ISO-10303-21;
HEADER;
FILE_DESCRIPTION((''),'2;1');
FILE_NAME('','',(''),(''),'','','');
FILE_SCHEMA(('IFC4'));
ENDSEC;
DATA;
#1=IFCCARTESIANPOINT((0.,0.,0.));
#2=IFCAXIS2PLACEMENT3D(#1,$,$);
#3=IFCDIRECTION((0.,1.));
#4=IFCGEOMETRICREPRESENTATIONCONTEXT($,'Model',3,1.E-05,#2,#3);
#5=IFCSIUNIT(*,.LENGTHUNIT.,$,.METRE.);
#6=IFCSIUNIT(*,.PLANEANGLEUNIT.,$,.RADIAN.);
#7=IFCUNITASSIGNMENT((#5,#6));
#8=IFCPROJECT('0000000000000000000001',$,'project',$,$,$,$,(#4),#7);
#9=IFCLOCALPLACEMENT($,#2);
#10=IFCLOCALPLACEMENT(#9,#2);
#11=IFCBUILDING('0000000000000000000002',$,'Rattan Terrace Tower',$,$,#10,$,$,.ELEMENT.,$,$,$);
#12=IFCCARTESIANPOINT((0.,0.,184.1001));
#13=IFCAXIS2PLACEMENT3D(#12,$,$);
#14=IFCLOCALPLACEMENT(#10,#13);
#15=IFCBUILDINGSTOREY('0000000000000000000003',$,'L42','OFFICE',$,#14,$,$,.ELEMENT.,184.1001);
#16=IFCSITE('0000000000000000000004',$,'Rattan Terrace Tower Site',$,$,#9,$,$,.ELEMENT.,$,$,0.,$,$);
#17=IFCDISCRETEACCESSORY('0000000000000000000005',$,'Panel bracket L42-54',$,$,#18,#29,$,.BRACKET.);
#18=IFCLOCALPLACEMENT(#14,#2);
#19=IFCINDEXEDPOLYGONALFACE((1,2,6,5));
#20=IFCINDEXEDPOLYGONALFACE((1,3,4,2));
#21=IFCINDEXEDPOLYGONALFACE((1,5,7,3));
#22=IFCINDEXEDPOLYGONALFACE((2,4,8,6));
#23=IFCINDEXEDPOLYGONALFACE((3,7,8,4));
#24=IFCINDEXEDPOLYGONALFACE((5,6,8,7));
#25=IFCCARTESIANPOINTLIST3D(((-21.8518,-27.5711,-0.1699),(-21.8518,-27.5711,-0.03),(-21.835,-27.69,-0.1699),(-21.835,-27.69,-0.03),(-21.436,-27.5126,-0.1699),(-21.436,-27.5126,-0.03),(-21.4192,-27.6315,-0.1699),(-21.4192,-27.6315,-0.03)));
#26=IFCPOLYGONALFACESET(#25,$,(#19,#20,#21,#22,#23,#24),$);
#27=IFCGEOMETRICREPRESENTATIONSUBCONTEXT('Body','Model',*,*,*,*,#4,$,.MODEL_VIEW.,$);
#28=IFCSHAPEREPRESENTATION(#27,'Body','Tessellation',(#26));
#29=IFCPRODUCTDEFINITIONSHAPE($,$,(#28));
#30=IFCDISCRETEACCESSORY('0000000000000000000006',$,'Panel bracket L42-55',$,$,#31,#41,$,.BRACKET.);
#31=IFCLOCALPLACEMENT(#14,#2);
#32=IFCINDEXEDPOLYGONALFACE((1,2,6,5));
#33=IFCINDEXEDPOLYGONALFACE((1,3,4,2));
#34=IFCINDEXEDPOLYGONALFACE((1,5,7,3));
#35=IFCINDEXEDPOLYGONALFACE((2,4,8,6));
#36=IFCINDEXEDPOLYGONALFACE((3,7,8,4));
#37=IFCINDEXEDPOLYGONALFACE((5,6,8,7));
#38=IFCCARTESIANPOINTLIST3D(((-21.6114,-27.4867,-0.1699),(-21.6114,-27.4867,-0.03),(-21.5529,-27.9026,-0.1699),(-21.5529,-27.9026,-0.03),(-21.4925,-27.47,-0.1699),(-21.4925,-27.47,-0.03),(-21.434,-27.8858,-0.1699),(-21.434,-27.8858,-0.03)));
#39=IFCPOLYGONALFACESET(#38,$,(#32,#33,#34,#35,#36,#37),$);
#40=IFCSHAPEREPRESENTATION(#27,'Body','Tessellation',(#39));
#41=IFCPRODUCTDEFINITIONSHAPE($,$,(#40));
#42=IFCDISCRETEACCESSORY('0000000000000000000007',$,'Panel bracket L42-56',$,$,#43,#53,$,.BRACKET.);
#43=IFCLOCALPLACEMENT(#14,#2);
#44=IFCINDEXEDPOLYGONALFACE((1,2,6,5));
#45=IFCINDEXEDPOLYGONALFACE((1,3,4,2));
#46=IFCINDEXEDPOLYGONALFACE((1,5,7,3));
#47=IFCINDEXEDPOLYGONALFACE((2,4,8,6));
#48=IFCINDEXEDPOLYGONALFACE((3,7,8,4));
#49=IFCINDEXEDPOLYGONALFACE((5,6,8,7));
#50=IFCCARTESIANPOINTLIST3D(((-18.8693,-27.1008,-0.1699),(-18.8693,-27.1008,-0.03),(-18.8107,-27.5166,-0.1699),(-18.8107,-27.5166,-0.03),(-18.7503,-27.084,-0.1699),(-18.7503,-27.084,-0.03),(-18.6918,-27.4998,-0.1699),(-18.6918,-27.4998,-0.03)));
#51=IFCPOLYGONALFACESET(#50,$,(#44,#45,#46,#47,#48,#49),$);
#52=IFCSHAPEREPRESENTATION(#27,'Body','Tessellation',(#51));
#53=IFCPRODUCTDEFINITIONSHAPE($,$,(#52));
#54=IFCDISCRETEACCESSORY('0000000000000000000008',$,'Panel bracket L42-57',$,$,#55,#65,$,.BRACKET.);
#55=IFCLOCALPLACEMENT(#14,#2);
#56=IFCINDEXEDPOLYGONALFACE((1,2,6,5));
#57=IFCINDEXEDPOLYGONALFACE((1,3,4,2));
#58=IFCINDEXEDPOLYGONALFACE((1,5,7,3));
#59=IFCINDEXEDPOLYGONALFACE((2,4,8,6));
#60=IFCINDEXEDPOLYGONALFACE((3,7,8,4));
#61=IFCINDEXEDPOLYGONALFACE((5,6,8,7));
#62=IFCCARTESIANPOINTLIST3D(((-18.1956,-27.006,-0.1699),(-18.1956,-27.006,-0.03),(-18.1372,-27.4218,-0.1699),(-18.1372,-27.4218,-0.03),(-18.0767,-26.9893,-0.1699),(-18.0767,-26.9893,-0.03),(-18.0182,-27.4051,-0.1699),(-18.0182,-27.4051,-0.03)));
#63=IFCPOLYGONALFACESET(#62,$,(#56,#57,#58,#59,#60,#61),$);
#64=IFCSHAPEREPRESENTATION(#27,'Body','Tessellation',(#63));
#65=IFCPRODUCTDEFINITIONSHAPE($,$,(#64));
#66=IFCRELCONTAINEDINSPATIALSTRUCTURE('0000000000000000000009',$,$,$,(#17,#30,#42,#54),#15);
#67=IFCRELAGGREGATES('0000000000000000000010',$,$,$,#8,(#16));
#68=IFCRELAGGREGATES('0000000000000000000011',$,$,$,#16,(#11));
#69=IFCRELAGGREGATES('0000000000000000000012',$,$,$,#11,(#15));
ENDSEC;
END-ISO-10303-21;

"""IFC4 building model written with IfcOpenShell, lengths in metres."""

from ifc_helpers import new_model, si_unit, direction, frame, origin, origin_2d, place, context, subcontext, project, spatial, rectangle, extrude, element, save


model = new_model("IFC4")

# Units and contexts
model_context = context("Model", 3, precision=1e-05, world=origin(), true_north=direction((0.0, 1.0)))
body_context = subcontext(model_context, "Body", "Model", "MODEL_VIEW")
ifc_project = project(units=[si_unit("LENGTHUNIT", "METRE"), si_unit("PLANEANGLEUNIT", "RADIAN")], contexts=[model_context])

# Site, building, storey
site_placement = place(None, origin())
site = spatial("IfcSite", under=ifc_project, at=site_placement, Name="Rattan Terrace Tower Site", CompositionType="ELEMENT", RefElevation=0.0)
building_placement = place(site_placement, origin())
building = spatial("IfcBuilding", under=site, at=building_placement, Name="Rattan Terrace Tower", CompositionType="ELEMENT")
storey_placement = place(building_placement, frame((0.0, 0.0, 184.1001)))
storey = spatial("IfcBuildingStorey", under=building, at=storey_placement, Name="L42", Description="OFFICE", CompositionType="ELEMENT", Elevation=184.1001)

# Discrete accessories
for number, where, z_axis, x_axis, name in (
    (1, (-21.6355, -27.6013, -0.1699), (0.0, 0.0, 1.0), (0.139321, -0.990247, 0.0), "Panel bracket L42-54"),
    (2, (-21.5227, -27.6863, -0.1699), (0.0, 0.0, 1.0), (0.990241, 0.139367, 0.0), "Panel bracket L42-55"),
    (3, (-18.7805, -27.3003, -0.1699), (0.0, 0.0, 1.0), (0.990241, 0.139367, 0.0), "Panel bracket L42-56"),
    (4, (-18.1069, -27.2056, -0.1699), (0.0, 0.0, 1.0), (0.99027, 0.139161, 0.0), "Panel bracket L42-57"),
):
    element("IfcDiscreteAccessory", number, at=place(storey_placement, frame(where, z_axis=z_axis, x_axis=x_axis)), inside=storey, Name=name, PredefinedType="BRACKET", context=body_context, shape_type="SweptSolid", body=[
        extrude(rectangle(XDim=0.1201, YDim=0.4199, at=origin_2d()), origin(), (0.0, 0.0, 1.0), 0.1399),
    ])

save(model, "model.ifc")
